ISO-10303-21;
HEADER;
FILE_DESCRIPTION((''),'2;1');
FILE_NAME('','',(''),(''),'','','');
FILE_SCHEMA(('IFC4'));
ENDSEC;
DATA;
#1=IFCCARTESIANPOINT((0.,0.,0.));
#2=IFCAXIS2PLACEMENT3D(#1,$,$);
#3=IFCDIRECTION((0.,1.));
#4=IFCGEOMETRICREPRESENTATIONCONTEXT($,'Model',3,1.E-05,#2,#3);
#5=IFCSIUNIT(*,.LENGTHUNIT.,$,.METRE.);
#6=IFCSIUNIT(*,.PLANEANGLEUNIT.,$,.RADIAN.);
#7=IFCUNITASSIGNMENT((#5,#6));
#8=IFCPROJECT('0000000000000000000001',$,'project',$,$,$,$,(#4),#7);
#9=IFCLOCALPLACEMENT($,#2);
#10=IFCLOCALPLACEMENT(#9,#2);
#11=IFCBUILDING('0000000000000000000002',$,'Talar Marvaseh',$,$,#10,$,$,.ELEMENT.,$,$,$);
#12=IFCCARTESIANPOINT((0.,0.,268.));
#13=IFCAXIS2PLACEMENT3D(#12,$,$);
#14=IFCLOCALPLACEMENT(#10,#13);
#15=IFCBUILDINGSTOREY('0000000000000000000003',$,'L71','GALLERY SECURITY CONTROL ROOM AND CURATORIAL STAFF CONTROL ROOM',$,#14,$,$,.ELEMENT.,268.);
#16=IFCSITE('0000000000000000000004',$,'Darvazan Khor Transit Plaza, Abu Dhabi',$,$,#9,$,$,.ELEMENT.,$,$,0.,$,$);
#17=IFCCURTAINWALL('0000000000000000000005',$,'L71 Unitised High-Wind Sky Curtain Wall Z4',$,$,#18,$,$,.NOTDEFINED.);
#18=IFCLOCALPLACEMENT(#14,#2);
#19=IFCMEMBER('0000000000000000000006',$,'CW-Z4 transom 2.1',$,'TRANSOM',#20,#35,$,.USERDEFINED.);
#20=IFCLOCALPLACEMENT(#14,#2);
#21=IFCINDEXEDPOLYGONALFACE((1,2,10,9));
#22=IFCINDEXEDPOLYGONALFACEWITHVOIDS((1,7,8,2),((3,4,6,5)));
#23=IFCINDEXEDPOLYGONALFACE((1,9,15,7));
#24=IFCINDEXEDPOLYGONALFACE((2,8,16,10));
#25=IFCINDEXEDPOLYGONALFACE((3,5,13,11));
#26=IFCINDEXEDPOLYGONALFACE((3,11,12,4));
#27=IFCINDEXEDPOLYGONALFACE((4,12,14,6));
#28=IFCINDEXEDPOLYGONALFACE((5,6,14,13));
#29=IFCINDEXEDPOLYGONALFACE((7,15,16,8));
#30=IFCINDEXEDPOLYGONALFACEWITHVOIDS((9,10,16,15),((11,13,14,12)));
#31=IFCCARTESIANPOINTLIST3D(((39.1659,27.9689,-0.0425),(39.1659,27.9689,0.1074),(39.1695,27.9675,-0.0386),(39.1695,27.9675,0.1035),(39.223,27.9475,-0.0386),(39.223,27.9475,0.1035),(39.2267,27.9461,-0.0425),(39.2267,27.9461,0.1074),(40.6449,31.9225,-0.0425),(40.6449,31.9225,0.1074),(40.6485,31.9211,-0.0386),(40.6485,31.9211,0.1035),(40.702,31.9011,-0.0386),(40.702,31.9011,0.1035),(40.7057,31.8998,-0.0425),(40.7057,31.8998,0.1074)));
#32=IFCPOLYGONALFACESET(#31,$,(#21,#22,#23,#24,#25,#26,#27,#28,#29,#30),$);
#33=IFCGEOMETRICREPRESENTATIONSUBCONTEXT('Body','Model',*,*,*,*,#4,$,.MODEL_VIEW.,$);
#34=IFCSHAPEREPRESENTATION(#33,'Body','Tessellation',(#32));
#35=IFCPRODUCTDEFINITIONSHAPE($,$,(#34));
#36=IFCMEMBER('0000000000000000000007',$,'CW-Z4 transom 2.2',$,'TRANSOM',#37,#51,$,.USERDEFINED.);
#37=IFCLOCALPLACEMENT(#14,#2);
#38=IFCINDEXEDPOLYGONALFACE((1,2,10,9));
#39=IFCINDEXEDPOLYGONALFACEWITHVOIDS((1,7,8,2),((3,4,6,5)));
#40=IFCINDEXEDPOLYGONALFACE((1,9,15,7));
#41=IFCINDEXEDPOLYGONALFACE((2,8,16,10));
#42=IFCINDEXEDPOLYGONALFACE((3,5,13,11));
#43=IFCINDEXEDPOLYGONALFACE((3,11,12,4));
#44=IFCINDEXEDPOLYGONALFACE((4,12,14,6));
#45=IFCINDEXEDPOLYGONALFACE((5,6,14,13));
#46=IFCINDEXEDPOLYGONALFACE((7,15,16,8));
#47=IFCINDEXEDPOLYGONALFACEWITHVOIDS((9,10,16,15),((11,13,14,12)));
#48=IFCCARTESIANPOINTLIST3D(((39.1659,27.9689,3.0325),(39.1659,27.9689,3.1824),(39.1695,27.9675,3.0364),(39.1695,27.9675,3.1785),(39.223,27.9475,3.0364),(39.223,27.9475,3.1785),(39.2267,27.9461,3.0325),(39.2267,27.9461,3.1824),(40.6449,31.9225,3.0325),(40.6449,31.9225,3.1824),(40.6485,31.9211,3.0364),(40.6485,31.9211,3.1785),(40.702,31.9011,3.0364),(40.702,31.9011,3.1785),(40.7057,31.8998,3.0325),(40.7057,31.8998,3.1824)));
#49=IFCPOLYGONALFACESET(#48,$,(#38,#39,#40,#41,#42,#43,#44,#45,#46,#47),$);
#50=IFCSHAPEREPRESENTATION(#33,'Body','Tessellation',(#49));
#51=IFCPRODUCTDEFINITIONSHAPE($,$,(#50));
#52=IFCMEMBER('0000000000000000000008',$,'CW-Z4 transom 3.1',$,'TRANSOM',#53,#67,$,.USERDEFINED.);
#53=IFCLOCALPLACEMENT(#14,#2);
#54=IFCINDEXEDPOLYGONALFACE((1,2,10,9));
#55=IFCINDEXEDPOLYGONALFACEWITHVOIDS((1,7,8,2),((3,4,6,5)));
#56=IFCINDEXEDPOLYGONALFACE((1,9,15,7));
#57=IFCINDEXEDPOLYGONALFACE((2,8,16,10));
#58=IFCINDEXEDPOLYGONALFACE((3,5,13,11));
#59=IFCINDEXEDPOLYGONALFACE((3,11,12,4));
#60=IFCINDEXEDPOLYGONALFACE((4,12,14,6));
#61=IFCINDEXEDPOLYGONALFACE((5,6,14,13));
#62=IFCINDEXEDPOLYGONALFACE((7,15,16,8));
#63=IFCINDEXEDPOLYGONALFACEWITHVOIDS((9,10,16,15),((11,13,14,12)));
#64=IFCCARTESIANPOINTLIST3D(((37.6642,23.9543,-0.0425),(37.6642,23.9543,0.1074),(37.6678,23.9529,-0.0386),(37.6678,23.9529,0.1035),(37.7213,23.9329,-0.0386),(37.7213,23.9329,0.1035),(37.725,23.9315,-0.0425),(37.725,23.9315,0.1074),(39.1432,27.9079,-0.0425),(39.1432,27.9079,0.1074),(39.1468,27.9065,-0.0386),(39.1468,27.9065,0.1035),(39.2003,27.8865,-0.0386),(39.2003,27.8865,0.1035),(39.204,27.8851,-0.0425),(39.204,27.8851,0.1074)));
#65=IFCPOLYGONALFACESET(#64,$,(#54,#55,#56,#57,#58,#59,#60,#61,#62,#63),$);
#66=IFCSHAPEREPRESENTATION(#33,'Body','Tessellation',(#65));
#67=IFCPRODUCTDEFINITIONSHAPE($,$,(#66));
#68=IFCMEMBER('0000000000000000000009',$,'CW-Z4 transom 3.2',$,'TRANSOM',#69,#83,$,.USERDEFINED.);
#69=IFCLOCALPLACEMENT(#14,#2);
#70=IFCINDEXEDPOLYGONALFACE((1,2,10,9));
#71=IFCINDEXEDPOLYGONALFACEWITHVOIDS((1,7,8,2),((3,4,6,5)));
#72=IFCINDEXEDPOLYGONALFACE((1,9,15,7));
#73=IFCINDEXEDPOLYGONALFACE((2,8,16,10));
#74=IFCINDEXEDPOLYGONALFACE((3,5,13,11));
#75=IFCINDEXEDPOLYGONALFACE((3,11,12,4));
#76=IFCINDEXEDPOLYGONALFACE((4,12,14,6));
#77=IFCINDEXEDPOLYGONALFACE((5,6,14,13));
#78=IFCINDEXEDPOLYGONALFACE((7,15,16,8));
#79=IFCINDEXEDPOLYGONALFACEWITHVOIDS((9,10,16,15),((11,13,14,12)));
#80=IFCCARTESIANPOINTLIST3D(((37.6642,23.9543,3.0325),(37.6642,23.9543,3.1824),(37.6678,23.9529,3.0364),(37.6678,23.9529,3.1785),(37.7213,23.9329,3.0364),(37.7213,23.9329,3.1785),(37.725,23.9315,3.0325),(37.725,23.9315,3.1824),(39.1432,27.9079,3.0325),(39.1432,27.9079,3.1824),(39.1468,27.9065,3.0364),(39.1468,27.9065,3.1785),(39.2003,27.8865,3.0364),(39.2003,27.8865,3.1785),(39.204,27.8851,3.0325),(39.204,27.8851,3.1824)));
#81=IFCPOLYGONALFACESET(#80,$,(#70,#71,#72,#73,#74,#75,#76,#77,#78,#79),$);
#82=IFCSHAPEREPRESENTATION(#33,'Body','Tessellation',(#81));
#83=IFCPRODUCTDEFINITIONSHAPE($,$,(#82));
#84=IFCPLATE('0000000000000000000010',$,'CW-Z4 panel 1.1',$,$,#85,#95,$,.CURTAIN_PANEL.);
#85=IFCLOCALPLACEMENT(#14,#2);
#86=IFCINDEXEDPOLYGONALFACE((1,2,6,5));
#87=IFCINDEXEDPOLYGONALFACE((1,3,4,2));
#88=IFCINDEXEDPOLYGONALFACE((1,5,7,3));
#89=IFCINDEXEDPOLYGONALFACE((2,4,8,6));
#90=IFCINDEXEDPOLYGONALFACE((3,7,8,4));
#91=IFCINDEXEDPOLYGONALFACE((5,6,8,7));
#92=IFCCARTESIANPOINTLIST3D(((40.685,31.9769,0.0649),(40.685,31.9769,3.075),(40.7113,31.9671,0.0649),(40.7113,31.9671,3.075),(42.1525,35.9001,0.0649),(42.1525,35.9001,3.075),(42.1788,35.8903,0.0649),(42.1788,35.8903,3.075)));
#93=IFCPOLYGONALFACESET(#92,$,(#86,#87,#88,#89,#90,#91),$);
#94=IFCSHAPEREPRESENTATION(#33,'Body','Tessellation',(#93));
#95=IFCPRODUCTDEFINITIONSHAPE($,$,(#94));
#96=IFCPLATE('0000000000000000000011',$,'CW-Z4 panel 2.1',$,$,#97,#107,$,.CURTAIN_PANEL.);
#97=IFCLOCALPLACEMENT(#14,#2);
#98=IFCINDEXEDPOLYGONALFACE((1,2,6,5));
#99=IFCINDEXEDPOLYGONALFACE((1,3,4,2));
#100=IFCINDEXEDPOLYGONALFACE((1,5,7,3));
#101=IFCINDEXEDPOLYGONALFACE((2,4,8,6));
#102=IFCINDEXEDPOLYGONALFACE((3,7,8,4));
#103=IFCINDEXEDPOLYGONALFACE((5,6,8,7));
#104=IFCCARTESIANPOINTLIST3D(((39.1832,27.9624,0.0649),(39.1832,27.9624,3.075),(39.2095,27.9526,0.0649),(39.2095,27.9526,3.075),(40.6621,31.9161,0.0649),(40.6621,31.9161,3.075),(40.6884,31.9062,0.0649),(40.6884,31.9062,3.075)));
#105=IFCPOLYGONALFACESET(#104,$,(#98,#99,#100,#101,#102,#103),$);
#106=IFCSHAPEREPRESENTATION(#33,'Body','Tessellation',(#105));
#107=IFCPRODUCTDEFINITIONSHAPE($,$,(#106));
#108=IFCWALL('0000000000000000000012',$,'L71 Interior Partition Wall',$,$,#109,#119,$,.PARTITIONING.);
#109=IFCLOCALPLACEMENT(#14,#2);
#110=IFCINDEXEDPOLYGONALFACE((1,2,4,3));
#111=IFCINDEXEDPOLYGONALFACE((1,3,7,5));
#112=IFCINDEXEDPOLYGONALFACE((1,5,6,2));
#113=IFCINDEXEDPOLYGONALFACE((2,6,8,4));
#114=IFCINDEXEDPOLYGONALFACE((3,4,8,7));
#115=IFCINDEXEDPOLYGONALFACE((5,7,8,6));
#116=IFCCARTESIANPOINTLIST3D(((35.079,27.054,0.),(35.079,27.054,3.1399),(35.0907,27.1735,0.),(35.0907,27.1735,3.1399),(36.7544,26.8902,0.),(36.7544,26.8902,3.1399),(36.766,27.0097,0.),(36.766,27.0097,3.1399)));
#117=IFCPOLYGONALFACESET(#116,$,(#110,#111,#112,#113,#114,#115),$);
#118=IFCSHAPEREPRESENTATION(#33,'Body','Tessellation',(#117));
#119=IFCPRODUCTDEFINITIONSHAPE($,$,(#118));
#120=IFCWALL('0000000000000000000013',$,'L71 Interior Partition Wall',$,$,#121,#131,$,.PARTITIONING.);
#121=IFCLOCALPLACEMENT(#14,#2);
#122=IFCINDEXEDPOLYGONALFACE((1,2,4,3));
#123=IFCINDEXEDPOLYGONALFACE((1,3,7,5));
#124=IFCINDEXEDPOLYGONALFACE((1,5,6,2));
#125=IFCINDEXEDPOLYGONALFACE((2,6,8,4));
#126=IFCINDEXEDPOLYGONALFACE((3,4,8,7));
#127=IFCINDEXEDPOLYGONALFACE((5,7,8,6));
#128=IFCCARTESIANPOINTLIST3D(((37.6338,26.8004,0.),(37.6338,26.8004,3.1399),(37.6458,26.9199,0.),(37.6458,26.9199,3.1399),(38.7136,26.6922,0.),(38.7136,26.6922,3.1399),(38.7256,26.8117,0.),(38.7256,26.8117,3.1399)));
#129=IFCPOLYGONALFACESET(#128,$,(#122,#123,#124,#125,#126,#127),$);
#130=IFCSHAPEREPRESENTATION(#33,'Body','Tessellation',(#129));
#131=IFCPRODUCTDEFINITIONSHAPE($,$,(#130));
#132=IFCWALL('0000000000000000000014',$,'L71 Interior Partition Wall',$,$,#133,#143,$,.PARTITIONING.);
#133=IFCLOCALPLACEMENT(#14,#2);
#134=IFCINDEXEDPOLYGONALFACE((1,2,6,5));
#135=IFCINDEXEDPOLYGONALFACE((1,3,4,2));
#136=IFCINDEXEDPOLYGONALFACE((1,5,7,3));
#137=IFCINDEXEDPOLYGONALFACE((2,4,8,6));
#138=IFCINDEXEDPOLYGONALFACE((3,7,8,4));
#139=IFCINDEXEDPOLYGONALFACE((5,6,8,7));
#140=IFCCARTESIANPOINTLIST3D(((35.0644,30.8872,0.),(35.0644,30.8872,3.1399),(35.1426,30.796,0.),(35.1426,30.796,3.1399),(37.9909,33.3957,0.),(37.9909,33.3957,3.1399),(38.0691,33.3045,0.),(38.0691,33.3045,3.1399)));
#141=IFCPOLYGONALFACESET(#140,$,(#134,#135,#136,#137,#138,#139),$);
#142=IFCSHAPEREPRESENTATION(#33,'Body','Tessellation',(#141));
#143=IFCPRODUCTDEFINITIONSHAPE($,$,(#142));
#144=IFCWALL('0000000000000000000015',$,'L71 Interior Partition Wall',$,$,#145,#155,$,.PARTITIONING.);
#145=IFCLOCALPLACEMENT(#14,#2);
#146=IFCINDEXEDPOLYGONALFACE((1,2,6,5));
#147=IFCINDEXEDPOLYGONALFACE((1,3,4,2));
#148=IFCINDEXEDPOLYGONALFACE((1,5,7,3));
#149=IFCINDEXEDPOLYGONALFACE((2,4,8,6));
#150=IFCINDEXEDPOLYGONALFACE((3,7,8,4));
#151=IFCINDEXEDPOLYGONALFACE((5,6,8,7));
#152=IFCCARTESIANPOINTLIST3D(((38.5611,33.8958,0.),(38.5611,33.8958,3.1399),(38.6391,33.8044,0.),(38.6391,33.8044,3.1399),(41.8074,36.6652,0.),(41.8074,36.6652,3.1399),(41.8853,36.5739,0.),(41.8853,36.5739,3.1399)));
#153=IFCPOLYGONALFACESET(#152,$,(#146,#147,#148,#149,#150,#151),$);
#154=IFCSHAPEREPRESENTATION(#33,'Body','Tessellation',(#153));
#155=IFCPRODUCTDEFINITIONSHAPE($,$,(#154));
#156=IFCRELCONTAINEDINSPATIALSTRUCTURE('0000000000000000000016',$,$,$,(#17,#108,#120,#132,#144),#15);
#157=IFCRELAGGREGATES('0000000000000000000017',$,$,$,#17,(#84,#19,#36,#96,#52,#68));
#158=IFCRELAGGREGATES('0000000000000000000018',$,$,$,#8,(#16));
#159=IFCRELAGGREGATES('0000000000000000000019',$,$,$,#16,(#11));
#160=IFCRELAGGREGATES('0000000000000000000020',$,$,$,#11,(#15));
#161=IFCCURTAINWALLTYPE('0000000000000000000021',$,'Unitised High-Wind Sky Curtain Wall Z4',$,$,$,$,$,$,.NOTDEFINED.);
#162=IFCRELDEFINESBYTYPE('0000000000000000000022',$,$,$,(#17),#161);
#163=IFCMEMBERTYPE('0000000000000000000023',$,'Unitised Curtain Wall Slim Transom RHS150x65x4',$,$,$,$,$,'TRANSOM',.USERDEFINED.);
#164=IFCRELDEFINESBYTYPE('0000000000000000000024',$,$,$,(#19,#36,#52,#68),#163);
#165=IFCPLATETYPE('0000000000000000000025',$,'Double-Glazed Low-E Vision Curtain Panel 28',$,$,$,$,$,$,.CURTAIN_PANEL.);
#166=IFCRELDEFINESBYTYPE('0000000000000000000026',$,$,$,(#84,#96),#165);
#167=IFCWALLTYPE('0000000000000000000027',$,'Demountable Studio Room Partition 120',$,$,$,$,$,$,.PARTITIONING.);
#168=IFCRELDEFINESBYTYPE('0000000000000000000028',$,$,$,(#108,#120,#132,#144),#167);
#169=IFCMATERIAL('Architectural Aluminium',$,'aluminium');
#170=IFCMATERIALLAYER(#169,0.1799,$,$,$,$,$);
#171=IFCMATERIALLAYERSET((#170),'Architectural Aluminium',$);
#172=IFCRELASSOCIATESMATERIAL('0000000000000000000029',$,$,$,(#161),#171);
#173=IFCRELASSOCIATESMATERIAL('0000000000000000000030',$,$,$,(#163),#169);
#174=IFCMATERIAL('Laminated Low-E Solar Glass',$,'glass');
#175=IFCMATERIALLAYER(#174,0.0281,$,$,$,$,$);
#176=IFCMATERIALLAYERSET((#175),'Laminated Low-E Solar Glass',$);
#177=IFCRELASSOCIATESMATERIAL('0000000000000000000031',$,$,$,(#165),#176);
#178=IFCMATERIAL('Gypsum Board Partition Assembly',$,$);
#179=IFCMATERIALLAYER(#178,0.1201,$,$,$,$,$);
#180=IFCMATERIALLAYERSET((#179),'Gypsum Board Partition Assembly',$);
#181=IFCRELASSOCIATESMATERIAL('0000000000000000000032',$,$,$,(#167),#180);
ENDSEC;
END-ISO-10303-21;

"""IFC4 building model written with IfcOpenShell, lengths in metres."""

from ifc_helpers import new_model, si_unit, direction, frame, frame_2d, origin, origin_2d, place, context, subcontext, project, spatial, rectangle, hollow_rectangle, extrude, source, transform, mapped, material, layer, layer_set, material_profile, profile_set, type_object, type_shapes, element, aggregate, save


model = new_model("IFC4")

# Units and contexts
model_context = context("Model", 3, precision=1e-05, world=origin(), true_north=direction((0.0, 1.0)))
body_context = subcontext(model_context, "Body", "Model", "MODEL_VIEW")
ifc_project = project(units=[si_unit("LENGTHUNIT", "METRE"), si_unit("PLANEANGLEUNIT", "RADIAN")], contexts=[model_context])

# Site, building, storey
site_placement = place(None, origin())
site = spatial("IfcSite", under=ifc_project, at=site_placement, Name="Darvazan Khor Transit Plaza, Abu Dhabi", CompositionType="ELEMENT", RefElevation=0.0)
building_placement = place(site_placement, origin())
building = spatial("IfcBuilding", under=site, at=building_placement, Name="Talar Marvaseh", CompositionType="ELEMENT")
storey_placement = place(building_placement, frame((0.0, 0.0, 268.0)))
storey = spatial("IfcBuildingStorey", under=building, at=storey_placement, Name="L71", Description="GALLERY SECURITY CONTROL ROOM AND CURATORIAL STAFF CONTROL ROOM", CompositionType="ELEMENT", Elevation=268.0)

# Curtain wall, members, plates
ifc_material_1 = material(Name="Architectural Aluminium", Category="aluminium")
ifc_layer_1 = layer(ifc_material_1, 0.1799)
ifc_layer_set_1 = layer_set([ifc_layer_1], Name="Architectural Aluminium")
curtain_wall_type = type_object("IfcCurtainWallType", Name="Unitised High-Wind Sky Curtain Wall Z4", PredefinedType="NOTDEFINED", material=ifc_layer_set_1)
curtain_wall_placement = place(storey_placement, origin())
curtain_wall = element("IfcCurtainWall", 1, at=curtain_wall_placement, inside=storey, type_object=curtain_wall_type, Name="L71 Unitised High-Wind Sky Curtain Wall Z4", PredefinedType="NOTDEFINED")
ifc_material_profile_1 = material_profile(ifc_material_1, hollow_rectangle(XDim=0.0649, YDim=0.1499, WallThickness=0.0039, at=origin_2d()), Name="RHS150x65x4")
ifc_profile_set_1 = profile_set([ifc_material_profile_1], Name="Architectural Aluminium")
member_type_1 = type_object("IfcMemberType", Name="Unitised Curtain Wall Slim Transom RHS150x65x4", ElementType="TRANSOM", PredefinedType="USERDEFINED", material=ifc_profile_set_1)
shared_shape_1 = source(origin(), body_context, "Body", "SweptSolid", [
    extrude(hollow_rectangle(XDim=0.0649, YDim=0.1499, WallThickness=0.0039, at=origin_2d()), origin(), (0.0, 0.0, 1.0), 4.2212),
])
member_1_placement = place(storey_placement, frame((40.6753, 31.9111, 0.0325), z_axis=(-0.350375, -0.936609, 0.0), x_axis=(0.936609, -0.350375, 0.0)))
member_1 = element("IfcMember", 2, at=member_1_placement, type_object=member_type_1, Name="CW-Z4 transom 2.1", ObjectType="TRANSOM", PredefinedType="USERDEFINED", context=body_context, shape_type="MappedRepresentation", body=[
    mapped(shared_shape_1, transform((0.0, 0.0, 0.0), x_axis=(1.0, 0.0, 0.0), y_axis=(0.0, 1.0, 0.0), z_axis=(0.0, 0.0, 1.0), scale=1.0)),
])
member_2_placement = place(storey_placement, frame((40.6753, 31.9111, 3.1074), z_axis=(-0.350375, -0.936609, 0.0), x_axis=(0.936609, -0.350375, 0.0)))
member_2 = element("IfcMember", 3, at=member_2_placement, type_object=member_type_1, Name="CW-Z4 transom 2.2", ObjectType="TRANSOM", PredefinedType="USERDEFINED", context=body_context, shape_type="MappedRepresentation", body=[
    mapped(shared_shape_1, transform((0.0, 0.0, 0.0), x_axis=(1.0, 0.0, 0.0), y_axis=(0.0, 1.0, 0.0), z_axis=(0.0, 0.0, 1.0), scale=1.0)),
])
member_3_placement = place(storey_placement, frame((39.1736, 27.8965, 0.0325), z_axis=(-0.350375, -0.936609, 0.0), x_axis=(0.936609, -0.350375, 0.0)))
member_3 = element("IfcMember", 4, at=member_3_placement, type_object=member_type_1, Name="CW-Z4 transom 3.1", ObjectType="TRANSOM", PredefinedType="USERDEFINED", context=body_context, shape_type="MappedRepresentation", body=[
    mapped(shared_shape_1, transform((0.0, 0.0, 0.0), x_axis=(1.0, 0.0, 0.0), y_axis=(0.0, 1.0, 0.0), z_axis=(0.0, 0.0, 1.0), scale=1.0)),
])
member_4_placement = place(storey_placement, frame((39.1736, 27.8965, 3.1074), z_axis=(-0.350375, -0.936609, 0.0), x_axis=(0.936609, -0.350375, 0.0)))
member_4 = element("IfcMember", 5, at=member_4_placement, type_object=member_type_1, Name="CW-Z4 transom 3.2", ObjectType="TRANSOM", PredefinedType="USERDEFINED", context=body_context, shape_type="MappedRepresentation", body=[
    mapped(shared_shape_1, transform((0.0, 0.0, 0.0), x_axis=(1.0, 0.0, 0.0), y_axis=(0.0, 1.0, 0.0), z_axis=(0.0, 0.0, 1.0), scale=1.0)),
])
ifc_material_2 = material(Name="Laminated Low-E Solar Glass", Category="glass")
ifc_layer_2 = layer(ifc_material_2, 0.0281)
ifc_layer_set_2 = layer_set([ifc_layer_2], Name="Laminated Low-E Solar Glass")
plate_type = type_object("IfcPlateType", Name="Double-Glazed Low-E Vision Curtain Panel 28", PredefinedType="CURTAIN_PANEL", material=ifc_layer_set_2)
shared_shape_2 = source(origin(), body_context, "Body", "SweptSolid", [
    extrude(rectangle(XDim=4.1887, YDim=0.0281, at=origin_2d()), origin(), (0.0, 0.0, 1.0), 3.01),
])
plate_1_placement = place(storey_placement, frame((41.4319, 33.9336, 0.0649), z_axis=(0.0, 0.0, 1.0), x_axis=(-0.350351, -0.936618, 0.0)))
plate_1 = element("IfcPlate", 6, at=plate_1_placement, type_object=plate_type, Name="CW-Z4 panel 1.1", PredefinedType="CURTAIN_PANEL", context=body_context, shape_type="MappedRepresentation", body=[
    mapped(shared_shape_2, transform((0.0, 0.0, 0.0), x_axis=(1.0, 0.0, 0.0), y_axis=(0.0, 1.0, 0.0), z_axis=(0.0, 0.0, 1.0), scale=1.0)),
])
shared_shape_3 = source(origin(), body_context, "Body", "SweptSolid", [
    extrude(rectangle(XDim=4.2212, YDim=0.0281, at=origin_2d()), origin(), (0.0, 0.0, 1.0), 3.01),
])
type_shapes(plate_type, [shared_shape_2, shared_shape_3])
plate_2_placement = place(storey_placement, frame((39.9358, 29.9343, 0.0649), z_axis=(0.0, 0.0, 1.0), x_axis=(-0.350351, -0.936618, 0.0)))
plate_2 = element("IfcPlate", 7, at=plate_2_placement, type_object=plate_type, Name="CW-Z4 panel 2.1", PredefinedType="CURTAIN_PANEL", context=body_context, shape_type="MappedRepresentation", body=[
    mapped(shared_shape_3, transform((0.0, 0.0, 0.0), x_axis=(1.0, 0.0, 0.0), y_axis=(0.0, 1.0, 0.0), z_axis=(0.0, 0.0, 1.0), scale=1.0)),
])
aggregate(curtain_wall, [plate_1, member_1, member_2, plate_2, member_3, member_4])

# Walls
ifc_material_3 = material(Name="Gypsum Board Partition Assembly")
ifc_layer_3 = layer(ifc_material_3, 0.1201)
ifc_layer_set_3 = layer_set([ifc_layer_3], Name="Gypsum Board Partition Assembly")
wall_type = type_object("IfcWallType", Name="Demountable Studio Room Partition 120", PredefinedType="PARTITIONING", material=ifc_layer_set_3)
wall_1_placement = place(storey_placement, frame((35.0847, 27.1138, 0.0), z_axis=(0.0, 0.0, 1.0), x_axis=(0.995253, -0.097321, 0.0)))
element("IfcWall", 8, at=wall_1_placement, inside=storey, type_object=wall_type, Name="L71 Interior Partition Wall", PredefinedType="PARTITIONING", context=body_context, shape_type="SweptSolid", body=[
    extrude(rectangle(XDim=1.6833, YDim=0.1201, at=frame_2d((0.8418, 0.0))), origin(), (0.0, 0.0, 1.0), 3.1399),
])
wall_2_placement = place(storey_placement, frame((37.6399, 26.8601, 0.0), z_axis=(0.0, 0.0, 1.0), x_axis=(0.995022, -0.09966, 0.0)))
element("IfcWall", 9, at=wall_2_placement, inside=storey, type_object=wall_type, Name="L71 Interior Partition Wall", PredefinedType="PARTITIONING", context=body_context, shape_type="SweptSolid", body=[
    extrude(rectangle(XDim=1.0852, YDim=0.1201, at=frame_2d((0.5425, 0.0))), origin(), (0.0, 0.0, 1.0), 3.1399),
])
wall_3_placement = place(storey_placement, frame((35.1035, 30.8416, 0.0), z_axis=(0.0, 0.0, 1.0), x_axis=(0.759243, 0.650807, 0.0)))
element("IfcWall", 10, at=wall_3_placement, inside=storey, type_object=wall_type, Name="L71 Interior Partition Wall", PredefinedType="PARTITIONING", context=body_context, shape_type="SweptSolid", body=[
    extrude(rectangle(XDim=3.8545, YDim=0.1201, at=frame_2d((1.9272, 0.0))), origin(), (0.0, 0.0, 1.0), 3.1399),
])
wall_4_placement = place(storey_placement, frame((38.6001, 33.8501, 0.0), z_axis=(0.0, 0.0, 1.0), x_axis=(0.760765, 0.649027, 0.0)))
element("IfcWall", 11, at=wall_4_placement, inside=storey, type_object=wall_type, Name="L71 Interior Partition Wall", PredefinedType="PARTITIONING", context=body_context, shape_type="SweptSolid", body=[
    extrude(rectangle(XDim=4.2671, YDim=0.1201, at=frame_2d((2.1335, 0.0))), origin(), (0.0, 0.0, 1.0), 3.1399),
])

save(model, "model.ifc")
